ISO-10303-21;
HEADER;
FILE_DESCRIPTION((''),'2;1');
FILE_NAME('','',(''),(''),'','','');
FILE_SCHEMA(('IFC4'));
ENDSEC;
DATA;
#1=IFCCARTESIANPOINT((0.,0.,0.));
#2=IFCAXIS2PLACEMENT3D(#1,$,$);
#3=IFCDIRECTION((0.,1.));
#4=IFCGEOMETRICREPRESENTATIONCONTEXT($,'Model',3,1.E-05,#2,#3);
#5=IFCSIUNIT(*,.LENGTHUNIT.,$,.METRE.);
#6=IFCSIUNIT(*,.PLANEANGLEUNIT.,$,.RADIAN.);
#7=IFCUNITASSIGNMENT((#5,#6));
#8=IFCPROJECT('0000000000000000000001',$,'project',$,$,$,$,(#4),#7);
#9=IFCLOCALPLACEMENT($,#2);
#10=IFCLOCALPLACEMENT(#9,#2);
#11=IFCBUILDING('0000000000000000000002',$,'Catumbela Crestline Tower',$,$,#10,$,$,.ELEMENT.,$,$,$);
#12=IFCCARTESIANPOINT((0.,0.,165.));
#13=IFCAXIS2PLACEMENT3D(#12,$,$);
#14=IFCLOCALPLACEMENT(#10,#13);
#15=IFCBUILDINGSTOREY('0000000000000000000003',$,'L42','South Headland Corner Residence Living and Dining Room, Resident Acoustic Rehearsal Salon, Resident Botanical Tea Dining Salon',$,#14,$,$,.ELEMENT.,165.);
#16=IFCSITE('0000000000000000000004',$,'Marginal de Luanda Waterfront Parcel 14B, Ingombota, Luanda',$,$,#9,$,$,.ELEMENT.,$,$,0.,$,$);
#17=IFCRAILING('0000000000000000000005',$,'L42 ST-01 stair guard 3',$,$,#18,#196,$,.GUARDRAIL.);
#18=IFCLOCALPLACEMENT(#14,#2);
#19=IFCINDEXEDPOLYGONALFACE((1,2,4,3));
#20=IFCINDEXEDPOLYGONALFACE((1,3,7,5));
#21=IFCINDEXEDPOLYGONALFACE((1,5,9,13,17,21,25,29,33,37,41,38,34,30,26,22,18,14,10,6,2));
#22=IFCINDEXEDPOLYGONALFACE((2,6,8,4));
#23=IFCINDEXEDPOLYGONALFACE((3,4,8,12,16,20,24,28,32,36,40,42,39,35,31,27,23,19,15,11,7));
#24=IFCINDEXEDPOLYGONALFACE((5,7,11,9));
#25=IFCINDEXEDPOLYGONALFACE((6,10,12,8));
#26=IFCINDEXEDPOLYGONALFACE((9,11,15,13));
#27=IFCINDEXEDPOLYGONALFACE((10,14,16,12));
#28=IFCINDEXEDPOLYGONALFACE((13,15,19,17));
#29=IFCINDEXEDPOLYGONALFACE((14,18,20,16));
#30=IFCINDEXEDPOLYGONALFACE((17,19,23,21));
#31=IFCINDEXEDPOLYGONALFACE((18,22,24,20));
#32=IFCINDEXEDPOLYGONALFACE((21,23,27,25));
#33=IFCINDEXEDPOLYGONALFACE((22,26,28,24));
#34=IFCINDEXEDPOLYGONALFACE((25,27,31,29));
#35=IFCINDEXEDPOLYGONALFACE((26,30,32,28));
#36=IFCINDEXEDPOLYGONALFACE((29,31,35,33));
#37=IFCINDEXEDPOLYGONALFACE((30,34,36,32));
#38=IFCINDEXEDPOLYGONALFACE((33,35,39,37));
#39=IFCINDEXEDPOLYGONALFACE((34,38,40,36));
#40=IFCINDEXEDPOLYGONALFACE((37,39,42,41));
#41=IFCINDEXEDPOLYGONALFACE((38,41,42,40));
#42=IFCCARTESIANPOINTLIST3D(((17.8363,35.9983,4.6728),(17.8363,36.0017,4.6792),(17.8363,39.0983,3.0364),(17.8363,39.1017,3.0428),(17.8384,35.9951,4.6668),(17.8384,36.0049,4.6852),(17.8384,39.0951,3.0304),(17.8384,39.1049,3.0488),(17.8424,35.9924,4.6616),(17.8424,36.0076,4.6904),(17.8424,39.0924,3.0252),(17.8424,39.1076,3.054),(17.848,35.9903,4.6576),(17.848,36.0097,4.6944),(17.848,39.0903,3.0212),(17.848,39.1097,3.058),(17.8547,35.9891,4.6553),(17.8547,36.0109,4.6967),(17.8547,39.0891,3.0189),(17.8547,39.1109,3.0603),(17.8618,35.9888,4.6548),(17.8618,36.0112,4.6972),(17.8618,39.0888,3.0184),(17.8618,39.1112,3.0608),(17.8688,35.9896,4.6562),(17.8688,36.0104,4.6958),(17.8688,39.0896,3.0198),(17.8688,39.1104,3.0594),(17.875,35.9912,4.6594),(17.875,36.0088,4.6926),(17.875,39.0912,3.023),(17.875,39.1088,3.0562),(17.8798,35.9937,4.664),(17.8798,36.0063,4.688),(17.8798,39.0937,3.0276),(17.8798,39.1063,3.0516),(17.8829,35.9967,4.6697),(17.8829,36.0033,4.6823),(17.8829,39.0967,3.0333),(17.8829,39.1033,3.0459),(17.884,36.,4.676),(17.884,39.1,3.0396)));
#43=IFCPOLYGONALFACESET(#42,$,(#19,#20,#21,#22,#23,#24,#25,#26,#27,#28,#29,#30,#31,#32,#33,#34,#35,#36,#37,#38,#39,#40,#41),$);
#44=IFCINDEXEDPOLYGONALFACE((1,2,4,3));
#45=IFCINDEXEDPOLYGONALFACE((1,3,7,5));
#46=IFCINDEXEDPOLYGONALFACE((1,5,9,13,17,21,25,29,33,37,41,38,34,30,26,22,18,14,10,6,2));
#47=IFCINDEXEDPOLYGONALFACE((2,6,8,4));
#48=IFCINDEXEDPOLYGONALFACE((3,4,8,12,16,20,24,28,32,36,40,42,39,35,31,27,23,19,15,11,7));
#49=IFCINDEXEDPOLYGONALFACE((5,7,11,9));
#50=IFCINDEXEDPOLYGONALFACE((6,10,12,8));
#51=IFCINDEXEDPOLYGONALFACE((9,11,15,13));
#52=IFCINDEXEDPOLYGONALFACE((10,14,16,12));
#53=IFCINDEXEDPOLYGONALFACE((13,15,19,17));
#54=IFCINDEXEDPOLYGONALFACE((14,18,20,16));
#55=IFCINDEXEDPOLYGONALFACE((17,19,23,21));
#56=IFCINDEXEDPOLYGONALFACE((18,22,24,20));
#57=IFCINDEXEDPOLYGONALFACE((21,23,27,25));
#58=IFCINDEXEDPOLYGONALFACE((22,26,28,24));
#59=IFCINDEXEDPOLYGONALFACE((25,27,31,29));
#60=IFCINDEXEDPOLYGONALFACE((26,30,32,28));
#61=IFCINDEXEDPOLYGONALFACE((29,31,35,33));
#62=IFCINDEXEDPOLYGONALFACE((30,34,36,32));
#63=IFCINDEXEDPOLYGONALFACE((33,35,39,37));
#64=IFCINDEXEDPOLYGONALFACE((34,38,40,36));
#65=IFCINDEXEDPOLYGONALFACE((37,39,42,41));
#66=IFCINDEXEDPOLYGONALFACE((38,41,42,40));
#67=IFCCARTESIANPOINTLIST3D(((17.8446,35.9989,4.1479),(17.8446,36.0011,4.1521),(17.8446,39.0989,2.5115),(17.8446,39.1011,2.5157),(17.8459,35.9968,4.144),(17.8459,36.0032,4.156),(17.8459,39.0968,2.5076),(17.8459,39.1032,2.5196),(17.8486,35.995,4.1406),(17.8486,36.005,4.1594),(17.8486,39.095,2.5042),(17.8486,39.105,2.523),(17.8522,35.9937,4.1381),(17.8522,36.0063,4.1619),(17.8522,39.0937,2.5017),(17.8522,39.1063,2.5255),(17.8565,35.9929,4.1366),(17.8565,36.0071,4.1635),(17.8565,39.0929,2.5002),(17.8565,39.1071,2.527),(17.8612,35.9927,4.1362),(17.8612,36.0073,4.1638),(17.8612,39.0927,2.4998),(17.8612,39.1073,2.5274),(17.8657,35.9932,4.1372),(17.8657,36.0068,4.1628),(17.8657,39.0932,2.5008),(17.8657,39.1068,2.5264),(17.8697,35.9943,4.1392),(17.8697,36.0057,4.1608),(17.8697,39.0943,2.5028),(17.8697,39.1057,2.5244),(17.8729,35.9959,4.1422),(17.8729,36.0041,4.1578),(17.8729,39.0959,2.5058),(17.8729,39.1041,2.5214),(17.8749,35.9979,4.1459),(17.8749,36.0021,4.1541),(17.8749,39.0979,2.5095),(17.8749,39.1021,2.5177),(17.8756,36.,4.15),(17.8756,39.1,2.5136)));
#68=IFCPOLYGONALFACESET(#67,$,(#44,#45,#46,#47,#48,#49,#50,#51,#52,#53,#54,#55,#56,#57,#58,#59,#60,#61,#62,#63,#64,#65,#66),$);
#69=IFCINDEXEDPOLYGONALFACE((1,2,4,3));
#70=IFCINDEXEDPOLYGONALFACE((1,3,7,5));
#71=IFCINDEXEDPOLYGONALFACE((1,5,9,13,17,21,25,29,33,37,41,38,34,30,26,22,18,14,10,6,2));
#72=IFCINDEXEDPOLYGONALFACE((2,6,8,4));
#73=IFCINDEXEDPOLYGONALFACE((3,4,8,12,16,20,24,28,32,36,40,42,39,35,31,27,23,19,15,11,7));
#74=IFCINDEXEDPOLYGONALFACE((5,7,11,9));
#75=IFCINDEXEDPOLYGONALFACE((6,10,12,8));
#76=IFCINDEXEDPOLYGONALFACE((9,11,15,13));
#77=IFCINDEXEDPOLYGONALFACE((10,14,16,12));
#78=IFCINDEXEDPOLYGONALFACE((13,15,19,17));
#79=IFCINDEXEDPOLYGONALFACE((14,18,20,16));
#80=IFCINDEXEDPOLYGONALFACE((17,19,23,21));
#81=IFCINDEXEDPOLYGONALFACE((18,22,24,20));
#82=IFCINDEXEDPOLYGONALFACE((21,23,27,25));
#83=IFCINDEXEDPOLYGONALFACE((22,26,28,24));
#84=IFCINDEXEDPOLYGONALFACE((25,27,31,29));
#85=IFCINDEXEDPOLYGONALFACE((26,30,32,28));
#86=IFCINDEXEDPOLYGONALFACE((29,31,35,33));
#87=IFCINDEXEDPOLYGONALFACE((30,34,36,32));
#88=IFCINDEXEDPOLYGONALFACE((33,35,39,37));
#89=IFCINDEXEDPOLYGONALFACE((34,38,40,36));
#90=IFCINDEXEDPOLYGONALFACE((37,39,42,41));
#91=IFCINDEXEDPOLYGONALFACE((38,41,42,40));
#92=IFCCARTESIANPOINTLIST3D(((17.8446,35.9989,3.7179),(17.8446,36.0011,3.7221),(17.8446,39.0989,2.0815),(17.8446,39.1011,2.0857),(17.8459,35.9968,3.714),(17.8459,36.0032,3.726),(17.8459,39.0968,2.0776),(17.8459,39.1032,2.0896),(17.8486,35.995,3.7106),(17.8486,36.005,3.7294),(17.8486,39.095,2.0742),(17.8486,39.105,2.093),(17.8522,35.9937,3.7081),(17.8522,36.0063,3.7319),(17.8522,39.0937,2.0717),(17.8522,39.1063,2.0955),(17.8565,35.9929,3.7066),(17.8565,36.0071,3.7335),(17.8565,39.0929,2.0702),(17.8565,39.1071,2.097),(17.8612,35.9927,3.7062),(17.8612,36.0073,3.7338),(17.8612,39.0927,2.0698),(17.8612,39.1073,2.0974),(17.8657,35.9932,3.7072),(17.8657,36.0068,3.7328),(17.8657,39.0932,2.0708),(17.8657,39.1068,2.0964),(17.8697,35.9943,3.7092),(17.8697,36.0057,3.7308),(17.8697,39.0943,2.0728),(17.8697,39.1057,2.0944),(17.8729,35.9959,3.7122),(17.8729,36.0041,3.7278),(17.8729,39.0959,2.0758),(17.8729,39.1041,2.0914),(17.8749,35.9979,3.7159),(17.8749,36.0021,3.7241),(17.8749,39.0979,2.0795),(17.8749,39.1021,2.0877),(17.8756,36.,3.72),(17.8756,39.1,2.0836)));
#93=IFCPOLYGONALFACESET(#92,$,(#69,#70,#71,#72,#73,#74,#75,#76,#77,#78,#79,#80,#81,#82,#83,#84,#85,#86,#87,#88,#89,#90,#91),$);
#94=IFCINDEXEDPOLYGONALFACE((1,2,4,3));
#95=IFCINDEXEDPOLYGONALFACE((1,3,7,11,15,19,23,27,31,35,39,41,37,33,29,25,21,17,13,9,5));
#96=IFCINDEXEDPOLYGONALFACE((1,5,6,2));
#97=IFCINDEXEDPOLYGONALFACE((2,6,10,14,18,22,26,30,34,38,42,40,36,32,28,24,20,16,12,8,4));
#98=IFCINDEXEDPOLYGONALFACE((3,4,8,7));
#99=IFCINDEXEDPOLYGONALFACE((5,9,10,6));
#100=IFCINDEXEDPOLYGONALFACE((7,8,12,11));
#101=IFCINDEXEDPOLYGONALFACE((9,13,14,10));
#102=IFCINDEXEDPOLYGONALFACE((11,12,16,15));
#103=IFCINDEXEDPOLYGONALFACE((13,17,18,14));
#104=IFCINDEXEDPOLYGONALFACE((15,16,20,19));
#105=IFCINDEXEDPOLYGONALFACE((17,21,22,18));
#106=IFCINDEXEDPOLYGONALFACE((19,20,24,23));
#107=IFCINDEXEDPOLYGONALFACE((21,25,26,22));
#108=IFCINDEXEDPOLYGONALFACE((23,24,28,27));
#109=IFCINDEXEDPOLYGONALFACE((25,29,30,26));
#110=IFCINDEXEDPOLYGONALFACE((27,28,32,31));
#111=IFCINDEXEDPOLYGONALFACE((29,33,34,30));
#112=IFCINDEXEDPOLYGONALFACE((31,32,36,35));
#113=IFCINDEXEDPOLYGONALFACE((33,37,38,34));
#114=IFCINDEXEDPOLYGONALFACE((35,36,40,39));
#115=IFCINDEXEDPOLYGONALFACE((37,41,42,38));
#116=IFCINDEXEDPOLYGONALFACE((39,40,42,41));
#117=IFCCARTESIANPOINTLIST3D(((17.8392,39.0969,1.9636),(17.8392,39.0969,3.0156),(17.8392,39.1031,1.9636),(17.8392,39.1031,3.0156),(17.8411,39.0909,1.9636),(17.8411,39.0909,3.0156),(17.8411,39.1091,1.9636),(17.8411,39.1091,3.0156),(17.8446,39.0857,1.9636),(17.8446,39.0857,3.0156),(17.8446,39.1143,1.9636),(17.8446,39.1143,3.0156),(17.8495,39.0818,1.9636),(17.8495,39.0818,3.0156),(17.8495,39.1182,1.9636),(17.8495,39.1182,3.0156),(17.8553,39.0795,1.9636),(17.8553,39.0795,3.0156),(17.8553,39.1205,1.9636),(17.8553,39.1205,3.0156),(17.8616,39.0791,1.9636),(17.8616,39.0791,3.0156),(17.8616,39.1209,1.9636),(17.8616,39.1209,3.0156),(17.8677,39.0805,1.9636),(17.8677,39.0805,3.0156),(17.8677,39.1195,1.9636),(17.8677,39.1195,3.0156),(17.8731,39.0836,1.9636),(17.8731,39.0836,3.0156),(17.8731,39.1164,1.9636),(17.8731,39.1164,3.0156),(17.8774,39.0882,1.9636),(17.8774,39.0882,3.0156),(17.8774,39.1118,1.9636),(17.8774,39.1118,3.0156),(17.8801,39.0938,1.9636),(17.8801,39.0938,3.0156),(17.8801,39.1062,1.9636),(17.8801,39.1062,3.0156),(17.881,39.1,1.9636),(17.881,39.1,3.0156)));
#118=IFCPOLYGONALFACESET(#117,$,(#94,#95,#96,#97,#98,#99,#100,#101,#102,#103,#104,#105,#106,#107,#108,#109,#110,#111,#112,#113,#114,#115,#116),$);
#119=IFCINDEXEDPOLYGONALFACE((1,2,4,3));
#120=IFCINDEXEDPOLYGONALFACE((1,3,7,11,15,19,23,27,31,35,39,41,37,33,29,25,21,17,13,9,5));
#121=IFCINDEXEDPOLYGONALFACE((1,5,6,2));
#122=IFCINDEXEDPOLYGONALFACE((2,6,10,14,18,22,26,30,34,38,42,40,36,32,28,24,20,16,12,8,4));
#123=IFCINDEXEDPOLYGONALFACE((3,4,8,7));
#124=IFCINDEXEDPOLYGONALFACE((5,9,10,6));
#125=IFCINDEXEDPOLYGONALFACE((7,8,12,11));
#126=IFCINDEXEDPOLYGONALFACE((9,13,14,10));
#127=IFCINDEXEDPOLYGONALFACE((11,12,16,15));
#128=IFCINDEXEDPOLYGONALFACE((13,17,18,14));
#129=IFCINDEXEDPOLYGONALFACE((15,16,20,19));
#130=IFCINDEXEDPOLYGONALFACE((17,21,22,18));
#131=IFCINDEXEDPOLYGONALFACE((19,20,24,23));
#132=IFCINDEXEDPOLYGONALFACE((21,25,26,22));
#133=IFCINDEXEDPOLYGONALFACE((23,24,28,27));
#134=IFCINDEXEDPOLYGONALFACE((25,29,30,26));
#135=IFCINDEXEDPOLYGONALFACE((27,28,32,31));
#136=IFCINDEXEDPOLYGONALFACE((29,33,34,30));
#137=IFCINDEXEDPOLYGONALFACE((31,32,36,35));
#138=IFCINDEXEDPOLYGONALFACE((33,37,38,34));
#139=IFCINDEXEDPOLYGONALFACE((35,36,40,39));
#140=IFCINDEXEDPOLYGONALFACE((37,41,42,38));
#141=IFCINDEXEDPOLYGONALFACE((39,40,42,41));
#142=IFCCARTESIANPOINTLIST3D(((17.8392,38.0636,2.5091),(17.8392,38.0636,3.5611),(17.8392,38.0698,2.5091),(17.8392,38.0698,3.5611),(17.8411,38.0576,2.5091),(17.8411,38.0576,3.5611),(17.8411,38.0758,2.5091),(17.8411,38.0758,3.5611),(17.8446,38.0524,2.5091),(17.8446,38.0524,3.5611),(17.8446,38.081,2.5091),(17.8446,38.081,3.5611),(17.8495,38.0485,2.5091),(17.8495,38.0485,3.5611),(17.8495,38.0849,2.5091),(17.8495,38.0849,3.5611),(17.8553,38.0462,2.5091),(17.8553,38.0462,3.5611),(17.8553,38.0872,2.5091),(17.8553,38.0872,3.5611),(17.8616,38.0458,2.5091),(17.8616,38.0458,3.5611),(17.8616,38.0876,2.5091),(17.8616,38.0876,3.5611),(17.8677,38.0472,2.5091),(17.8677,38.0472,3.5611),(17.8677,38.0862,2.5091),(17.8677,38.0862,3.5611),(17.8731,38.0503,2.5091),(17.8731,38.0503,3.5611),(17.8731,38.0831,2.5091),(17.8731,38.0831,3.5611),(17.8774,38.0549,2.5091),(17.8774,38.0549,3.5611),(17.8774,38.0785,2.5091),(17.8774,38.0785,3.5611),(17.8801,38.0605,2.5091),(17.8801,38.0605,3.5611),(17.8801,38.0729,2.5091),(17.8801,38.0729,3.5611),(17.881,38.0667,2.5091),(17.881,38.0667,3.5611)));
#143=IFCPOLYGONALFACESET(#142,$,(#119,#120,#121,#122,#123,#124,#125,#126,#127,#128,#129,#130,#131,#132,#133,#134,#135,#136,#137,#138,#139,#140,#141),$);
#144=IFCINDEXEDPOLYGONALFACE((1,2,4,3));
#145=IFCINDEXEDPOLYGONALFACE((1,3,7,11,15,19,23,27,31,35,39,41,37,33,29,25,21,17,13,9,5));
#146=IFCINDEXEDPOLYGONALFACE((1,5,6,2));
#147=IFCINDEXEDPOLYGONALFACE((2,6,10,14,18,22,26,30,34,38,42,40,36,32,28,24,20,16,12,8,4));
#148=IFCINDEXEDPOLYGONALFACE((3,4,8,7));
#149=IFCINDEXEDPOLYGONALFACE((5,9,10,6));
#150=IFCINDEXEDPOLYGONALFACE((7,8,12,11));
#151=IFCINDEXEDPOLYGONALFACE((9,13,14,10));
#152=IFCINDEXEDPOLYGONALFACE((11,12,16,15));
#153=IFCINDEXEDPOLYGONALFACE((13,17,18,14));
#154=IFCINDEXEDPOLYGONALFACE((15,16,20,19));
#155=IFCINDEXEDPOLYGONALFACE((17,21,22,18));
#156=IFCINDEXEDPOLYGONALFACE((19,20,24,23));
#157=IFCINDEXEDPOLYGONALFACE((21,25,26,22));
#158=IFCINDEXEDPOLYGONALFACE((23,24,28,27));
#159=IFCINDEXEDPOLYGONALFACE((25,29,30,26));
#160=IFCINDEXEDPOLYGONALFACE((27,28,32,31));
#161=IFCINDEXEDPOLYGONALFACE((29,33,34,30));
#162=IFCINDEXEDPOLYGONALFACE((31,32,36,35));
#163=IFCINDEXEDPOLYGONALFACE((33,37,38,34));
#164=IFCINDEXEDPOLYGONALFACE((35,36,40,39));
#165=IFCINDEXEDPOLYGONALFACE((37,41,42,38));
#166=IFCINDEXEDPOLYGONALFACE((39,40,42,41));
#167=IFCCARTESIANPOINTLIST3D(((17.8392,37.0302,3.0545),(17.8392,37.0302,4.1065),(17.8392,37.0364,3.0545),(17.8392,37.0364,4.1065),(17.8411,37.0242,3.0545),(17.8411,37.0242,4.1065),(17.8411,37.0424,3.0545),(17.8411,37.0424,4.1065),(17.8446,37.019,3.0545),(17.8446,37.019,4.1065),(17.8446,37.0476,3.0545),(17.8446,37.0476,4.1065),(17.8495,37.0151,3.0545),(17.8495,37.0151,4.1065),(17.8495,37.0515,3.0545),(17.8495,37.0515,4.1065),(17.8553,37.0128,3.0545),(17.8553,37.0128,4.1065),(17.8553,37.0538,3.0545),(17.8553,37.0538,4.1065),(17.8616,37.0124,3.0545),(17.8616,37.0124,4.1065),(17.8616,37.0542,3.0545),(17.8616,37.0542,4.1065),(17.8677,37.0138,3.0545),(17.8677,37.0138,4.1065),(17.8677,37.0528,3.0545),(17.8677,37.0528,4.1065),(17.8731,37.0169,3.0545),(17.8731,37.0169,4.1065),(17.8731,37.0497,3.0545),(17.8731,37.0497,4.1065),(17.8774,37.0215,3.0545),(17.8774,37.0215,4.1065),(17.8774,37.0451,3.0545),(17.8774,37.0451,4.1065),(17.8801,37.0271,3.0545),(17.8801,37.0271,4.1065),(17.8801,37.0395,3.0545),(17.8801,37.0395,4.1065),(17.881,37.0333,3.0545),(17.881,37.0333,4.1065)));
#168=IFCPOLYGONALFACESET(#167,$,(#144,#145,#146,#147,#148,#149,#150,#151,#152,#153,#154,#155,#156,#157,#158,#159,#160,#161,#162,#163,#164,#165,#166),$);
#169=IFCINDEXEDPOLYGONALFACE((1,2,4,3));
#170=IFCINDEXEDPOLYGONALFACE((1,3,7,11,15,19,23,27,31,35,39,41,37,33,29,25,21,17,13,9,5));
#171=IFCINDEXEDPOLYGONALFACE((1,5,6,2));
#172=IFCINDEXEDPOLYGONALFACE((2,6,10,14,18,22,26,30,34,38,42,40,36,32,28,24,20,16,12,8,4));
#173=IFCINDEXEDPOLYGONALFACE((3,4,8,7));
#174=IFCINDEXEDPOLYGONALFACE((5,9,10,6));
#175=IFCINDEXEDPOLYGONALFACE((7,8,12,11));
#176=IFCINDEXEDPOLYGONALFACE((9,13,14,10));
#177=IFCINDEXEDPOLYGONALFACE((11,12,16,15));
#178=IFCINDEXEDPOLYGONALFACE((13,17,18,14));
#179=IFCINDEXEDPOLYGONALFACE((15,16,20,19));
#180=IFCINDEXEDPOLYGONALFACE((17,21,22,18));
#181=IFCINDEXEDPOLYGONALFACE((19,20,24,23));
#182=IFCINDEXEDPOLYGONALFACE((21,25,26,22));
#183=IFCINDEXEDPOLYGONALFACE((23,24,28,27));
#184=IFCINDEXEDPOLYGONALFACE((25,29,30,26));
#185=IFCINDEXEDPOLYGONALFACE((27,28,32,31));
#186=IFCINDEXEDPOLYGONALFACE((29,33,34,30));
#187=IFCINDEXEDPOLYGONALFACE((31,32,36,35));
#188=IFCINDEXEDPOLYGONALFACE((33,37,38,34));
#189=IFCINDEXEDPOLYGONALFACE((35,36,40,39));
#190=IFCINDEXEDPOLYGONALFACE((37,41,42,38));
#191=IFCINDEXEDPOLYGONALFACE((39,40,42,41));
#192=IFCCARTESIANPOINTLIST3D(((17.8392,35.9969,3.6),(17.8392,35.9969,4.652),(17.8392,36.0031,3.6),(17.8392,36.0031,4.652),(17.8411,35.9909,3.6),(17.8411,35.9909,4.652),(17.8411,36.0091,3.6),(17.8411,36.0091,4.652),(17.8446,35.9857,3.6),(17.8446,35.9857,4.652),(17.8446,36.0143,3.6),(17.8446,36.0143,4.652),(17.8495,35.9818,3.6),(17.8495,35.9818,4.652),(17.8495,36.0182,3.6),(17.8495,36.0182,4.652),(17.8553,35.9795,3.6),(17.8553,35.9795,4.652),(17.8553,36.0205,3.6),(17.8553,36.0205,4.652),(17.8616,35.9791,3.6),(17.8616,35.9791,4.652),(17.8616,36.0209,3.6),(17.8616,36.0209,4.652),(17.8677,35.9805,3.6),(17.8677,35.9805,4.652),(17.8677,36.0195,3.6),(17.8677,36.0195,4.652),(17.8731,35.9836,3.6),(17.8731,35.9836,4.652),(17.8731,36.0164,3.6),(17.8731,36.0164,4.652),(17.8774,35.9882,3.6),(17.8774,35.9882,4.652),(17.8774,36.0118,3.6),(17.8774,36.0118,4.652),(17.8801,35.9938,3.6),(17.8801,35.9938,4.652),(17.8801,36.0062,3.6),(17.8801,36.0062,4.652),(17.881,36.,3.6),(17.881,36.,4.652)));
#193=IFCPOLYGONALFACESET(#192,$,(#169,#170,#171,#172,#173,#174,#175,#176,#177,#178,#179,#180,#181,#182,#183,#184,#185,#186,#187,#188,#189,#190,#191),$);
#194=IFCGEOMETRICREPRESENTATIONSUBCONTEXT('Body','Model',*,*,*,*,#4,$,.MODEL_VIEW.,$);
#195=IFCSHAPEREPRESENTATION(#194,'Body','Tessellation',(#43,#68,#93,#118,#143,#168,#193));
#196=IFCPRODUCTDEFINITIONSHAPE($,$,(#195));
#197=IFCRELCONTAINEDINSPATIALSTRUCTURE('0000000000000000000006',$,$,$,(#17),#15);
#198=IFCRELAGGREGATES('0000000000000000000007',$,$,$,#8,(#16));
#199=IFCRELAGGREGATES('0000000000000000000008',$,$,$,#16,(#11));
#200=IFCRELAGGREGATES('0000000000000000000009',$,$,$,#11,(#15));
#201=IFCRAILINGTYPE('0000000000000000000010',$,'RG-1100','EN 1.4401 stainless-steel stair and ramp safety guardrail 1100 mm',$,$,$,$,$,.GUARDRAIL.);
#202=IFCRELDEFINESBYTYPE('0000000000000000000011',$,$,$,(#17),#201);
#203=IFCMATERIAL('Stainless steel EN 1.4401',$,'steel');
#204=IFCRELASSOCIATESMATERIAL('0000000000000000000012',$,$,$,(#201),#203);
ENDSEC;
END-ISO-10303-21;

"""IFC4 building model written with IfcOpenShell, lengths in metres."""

from ifc_helpers import new_model, si_unit, direction, frame, origin, origin_2d, place, context, subcontext, project, spatial, circle, extrude, material, type_object, element, save


model = new_model("IFC4")

# Units and contexts
model_context = context("Model", 3, precision=1e-05, world=origin(), true_north=direction((0.0, 1.0)))
body_context = subcontext(model_context, "Body", "Model", "MODEL_VIEW")
ifc_project = project(units=[si_unit("LENGTHUNIT", "METRE"), si_unit("PLANEANGLEUNIT", "RADIAN")], contexts=[model_context])

# Site, building, storey
site_placement = place(None, origin())
site = spatial("IfcSite", under=ifc_project, at=site_placement, Name="Marginal de Luanda Waterfront Parcel 14B, Ingombota, Luanda", CompositionType="ELEMENT", RefElevation=0.0)
building_placement = place(site_placement, origin())
building = spatial("IfcBuilding", under=site, at=building_placement, Name="Catumbela Crestline Tower", CompositionType="ELEMENT")
storey_placement = place(building_placement, frame((0.0, 0.0, 165.0)))
storey = spatial("IfcBuildingStorey", under=building, at=storey_placement, Name="L42", Description="South Headland Corner Residence Living and Dining Room, Resident Acoustic Rehearsal Salon, Resident Botanical Tea Dining Salon", CompositionType="ELEMENT", Elevation=165.0)

# Shared definitions
ifc_material_1 = material(Name="Stainless steel EN 1.4401", Category="steel")

# Railing
railing_type_1 = type_object("IfcRailingType", Name="RG-1100", Description="EN 1.4401 stainless-steel stair and ramp safety guardrail 1100 mm", PredefinedType="GUARDRAIL", material=ifc_material_1)
railing_1_placement = place(storey_placement, frame((17.86, 39.1, 1.9636)))
element("IfcRailing", 1, at=railing_1_placement, inside=storey, type_object=railing_type_1, Name="L42 ST-01 stair guard 3", PredefinedType="GUARDRAIL", context=body_context, shape_type="SweptSolid", body=[
    extrude(circle(Radius=0.024, at=origin_2d()), frame((0.0, 0.0, 1.076), z_axis=(0.0, -0.884351, 0.466823), x_axis=(1.0, 0.0, 0.0)), (0.0, 0.0, 1.0), 3.5054),
    extrude(circle(Radius=0.0156, at=origin_2d()), frame((0.0, 0.0, 0.55), z_axis=(0.0, -0.884351, 0.466823), x_axis=(1.0, 0.0, 0.0)), (0.0, 0.0, 1.0), 3.5054),
    extrude(circle(Radius=0.0156, at=origin_2d()), frame((0.0, 0.0, 0.12), z_axis=(0.0, -0.884351, 0.466823), x_axis=(1.0, 0.0, 0.0)), (0.0, 0.0, 1.0), 3.5054),
    extrude(circle(Radius=0.021, at=origin_2d()), origin(), (0.0, 0.0, 1.0), 1.052),
    extrude(circle(Radius=0.021, at=origin_2d()), frame((0.0, -1.0333, 0.5455)), (0.0, 0.0, 1.0), 1.052),
    extrude(circle(Radius=0.021, at=origin_2d()), frame((0.0, -2.0667, 1.0909)), (0.0, 0.0, 1.0), 1.052),
    extrude(circle(Radius=0.021, at=origin_2d()), frame((0.0, -3.1, 1.6364)), (0.0, 0.0, 1.0), 1.052),
])

save(model, "model.ifc")
